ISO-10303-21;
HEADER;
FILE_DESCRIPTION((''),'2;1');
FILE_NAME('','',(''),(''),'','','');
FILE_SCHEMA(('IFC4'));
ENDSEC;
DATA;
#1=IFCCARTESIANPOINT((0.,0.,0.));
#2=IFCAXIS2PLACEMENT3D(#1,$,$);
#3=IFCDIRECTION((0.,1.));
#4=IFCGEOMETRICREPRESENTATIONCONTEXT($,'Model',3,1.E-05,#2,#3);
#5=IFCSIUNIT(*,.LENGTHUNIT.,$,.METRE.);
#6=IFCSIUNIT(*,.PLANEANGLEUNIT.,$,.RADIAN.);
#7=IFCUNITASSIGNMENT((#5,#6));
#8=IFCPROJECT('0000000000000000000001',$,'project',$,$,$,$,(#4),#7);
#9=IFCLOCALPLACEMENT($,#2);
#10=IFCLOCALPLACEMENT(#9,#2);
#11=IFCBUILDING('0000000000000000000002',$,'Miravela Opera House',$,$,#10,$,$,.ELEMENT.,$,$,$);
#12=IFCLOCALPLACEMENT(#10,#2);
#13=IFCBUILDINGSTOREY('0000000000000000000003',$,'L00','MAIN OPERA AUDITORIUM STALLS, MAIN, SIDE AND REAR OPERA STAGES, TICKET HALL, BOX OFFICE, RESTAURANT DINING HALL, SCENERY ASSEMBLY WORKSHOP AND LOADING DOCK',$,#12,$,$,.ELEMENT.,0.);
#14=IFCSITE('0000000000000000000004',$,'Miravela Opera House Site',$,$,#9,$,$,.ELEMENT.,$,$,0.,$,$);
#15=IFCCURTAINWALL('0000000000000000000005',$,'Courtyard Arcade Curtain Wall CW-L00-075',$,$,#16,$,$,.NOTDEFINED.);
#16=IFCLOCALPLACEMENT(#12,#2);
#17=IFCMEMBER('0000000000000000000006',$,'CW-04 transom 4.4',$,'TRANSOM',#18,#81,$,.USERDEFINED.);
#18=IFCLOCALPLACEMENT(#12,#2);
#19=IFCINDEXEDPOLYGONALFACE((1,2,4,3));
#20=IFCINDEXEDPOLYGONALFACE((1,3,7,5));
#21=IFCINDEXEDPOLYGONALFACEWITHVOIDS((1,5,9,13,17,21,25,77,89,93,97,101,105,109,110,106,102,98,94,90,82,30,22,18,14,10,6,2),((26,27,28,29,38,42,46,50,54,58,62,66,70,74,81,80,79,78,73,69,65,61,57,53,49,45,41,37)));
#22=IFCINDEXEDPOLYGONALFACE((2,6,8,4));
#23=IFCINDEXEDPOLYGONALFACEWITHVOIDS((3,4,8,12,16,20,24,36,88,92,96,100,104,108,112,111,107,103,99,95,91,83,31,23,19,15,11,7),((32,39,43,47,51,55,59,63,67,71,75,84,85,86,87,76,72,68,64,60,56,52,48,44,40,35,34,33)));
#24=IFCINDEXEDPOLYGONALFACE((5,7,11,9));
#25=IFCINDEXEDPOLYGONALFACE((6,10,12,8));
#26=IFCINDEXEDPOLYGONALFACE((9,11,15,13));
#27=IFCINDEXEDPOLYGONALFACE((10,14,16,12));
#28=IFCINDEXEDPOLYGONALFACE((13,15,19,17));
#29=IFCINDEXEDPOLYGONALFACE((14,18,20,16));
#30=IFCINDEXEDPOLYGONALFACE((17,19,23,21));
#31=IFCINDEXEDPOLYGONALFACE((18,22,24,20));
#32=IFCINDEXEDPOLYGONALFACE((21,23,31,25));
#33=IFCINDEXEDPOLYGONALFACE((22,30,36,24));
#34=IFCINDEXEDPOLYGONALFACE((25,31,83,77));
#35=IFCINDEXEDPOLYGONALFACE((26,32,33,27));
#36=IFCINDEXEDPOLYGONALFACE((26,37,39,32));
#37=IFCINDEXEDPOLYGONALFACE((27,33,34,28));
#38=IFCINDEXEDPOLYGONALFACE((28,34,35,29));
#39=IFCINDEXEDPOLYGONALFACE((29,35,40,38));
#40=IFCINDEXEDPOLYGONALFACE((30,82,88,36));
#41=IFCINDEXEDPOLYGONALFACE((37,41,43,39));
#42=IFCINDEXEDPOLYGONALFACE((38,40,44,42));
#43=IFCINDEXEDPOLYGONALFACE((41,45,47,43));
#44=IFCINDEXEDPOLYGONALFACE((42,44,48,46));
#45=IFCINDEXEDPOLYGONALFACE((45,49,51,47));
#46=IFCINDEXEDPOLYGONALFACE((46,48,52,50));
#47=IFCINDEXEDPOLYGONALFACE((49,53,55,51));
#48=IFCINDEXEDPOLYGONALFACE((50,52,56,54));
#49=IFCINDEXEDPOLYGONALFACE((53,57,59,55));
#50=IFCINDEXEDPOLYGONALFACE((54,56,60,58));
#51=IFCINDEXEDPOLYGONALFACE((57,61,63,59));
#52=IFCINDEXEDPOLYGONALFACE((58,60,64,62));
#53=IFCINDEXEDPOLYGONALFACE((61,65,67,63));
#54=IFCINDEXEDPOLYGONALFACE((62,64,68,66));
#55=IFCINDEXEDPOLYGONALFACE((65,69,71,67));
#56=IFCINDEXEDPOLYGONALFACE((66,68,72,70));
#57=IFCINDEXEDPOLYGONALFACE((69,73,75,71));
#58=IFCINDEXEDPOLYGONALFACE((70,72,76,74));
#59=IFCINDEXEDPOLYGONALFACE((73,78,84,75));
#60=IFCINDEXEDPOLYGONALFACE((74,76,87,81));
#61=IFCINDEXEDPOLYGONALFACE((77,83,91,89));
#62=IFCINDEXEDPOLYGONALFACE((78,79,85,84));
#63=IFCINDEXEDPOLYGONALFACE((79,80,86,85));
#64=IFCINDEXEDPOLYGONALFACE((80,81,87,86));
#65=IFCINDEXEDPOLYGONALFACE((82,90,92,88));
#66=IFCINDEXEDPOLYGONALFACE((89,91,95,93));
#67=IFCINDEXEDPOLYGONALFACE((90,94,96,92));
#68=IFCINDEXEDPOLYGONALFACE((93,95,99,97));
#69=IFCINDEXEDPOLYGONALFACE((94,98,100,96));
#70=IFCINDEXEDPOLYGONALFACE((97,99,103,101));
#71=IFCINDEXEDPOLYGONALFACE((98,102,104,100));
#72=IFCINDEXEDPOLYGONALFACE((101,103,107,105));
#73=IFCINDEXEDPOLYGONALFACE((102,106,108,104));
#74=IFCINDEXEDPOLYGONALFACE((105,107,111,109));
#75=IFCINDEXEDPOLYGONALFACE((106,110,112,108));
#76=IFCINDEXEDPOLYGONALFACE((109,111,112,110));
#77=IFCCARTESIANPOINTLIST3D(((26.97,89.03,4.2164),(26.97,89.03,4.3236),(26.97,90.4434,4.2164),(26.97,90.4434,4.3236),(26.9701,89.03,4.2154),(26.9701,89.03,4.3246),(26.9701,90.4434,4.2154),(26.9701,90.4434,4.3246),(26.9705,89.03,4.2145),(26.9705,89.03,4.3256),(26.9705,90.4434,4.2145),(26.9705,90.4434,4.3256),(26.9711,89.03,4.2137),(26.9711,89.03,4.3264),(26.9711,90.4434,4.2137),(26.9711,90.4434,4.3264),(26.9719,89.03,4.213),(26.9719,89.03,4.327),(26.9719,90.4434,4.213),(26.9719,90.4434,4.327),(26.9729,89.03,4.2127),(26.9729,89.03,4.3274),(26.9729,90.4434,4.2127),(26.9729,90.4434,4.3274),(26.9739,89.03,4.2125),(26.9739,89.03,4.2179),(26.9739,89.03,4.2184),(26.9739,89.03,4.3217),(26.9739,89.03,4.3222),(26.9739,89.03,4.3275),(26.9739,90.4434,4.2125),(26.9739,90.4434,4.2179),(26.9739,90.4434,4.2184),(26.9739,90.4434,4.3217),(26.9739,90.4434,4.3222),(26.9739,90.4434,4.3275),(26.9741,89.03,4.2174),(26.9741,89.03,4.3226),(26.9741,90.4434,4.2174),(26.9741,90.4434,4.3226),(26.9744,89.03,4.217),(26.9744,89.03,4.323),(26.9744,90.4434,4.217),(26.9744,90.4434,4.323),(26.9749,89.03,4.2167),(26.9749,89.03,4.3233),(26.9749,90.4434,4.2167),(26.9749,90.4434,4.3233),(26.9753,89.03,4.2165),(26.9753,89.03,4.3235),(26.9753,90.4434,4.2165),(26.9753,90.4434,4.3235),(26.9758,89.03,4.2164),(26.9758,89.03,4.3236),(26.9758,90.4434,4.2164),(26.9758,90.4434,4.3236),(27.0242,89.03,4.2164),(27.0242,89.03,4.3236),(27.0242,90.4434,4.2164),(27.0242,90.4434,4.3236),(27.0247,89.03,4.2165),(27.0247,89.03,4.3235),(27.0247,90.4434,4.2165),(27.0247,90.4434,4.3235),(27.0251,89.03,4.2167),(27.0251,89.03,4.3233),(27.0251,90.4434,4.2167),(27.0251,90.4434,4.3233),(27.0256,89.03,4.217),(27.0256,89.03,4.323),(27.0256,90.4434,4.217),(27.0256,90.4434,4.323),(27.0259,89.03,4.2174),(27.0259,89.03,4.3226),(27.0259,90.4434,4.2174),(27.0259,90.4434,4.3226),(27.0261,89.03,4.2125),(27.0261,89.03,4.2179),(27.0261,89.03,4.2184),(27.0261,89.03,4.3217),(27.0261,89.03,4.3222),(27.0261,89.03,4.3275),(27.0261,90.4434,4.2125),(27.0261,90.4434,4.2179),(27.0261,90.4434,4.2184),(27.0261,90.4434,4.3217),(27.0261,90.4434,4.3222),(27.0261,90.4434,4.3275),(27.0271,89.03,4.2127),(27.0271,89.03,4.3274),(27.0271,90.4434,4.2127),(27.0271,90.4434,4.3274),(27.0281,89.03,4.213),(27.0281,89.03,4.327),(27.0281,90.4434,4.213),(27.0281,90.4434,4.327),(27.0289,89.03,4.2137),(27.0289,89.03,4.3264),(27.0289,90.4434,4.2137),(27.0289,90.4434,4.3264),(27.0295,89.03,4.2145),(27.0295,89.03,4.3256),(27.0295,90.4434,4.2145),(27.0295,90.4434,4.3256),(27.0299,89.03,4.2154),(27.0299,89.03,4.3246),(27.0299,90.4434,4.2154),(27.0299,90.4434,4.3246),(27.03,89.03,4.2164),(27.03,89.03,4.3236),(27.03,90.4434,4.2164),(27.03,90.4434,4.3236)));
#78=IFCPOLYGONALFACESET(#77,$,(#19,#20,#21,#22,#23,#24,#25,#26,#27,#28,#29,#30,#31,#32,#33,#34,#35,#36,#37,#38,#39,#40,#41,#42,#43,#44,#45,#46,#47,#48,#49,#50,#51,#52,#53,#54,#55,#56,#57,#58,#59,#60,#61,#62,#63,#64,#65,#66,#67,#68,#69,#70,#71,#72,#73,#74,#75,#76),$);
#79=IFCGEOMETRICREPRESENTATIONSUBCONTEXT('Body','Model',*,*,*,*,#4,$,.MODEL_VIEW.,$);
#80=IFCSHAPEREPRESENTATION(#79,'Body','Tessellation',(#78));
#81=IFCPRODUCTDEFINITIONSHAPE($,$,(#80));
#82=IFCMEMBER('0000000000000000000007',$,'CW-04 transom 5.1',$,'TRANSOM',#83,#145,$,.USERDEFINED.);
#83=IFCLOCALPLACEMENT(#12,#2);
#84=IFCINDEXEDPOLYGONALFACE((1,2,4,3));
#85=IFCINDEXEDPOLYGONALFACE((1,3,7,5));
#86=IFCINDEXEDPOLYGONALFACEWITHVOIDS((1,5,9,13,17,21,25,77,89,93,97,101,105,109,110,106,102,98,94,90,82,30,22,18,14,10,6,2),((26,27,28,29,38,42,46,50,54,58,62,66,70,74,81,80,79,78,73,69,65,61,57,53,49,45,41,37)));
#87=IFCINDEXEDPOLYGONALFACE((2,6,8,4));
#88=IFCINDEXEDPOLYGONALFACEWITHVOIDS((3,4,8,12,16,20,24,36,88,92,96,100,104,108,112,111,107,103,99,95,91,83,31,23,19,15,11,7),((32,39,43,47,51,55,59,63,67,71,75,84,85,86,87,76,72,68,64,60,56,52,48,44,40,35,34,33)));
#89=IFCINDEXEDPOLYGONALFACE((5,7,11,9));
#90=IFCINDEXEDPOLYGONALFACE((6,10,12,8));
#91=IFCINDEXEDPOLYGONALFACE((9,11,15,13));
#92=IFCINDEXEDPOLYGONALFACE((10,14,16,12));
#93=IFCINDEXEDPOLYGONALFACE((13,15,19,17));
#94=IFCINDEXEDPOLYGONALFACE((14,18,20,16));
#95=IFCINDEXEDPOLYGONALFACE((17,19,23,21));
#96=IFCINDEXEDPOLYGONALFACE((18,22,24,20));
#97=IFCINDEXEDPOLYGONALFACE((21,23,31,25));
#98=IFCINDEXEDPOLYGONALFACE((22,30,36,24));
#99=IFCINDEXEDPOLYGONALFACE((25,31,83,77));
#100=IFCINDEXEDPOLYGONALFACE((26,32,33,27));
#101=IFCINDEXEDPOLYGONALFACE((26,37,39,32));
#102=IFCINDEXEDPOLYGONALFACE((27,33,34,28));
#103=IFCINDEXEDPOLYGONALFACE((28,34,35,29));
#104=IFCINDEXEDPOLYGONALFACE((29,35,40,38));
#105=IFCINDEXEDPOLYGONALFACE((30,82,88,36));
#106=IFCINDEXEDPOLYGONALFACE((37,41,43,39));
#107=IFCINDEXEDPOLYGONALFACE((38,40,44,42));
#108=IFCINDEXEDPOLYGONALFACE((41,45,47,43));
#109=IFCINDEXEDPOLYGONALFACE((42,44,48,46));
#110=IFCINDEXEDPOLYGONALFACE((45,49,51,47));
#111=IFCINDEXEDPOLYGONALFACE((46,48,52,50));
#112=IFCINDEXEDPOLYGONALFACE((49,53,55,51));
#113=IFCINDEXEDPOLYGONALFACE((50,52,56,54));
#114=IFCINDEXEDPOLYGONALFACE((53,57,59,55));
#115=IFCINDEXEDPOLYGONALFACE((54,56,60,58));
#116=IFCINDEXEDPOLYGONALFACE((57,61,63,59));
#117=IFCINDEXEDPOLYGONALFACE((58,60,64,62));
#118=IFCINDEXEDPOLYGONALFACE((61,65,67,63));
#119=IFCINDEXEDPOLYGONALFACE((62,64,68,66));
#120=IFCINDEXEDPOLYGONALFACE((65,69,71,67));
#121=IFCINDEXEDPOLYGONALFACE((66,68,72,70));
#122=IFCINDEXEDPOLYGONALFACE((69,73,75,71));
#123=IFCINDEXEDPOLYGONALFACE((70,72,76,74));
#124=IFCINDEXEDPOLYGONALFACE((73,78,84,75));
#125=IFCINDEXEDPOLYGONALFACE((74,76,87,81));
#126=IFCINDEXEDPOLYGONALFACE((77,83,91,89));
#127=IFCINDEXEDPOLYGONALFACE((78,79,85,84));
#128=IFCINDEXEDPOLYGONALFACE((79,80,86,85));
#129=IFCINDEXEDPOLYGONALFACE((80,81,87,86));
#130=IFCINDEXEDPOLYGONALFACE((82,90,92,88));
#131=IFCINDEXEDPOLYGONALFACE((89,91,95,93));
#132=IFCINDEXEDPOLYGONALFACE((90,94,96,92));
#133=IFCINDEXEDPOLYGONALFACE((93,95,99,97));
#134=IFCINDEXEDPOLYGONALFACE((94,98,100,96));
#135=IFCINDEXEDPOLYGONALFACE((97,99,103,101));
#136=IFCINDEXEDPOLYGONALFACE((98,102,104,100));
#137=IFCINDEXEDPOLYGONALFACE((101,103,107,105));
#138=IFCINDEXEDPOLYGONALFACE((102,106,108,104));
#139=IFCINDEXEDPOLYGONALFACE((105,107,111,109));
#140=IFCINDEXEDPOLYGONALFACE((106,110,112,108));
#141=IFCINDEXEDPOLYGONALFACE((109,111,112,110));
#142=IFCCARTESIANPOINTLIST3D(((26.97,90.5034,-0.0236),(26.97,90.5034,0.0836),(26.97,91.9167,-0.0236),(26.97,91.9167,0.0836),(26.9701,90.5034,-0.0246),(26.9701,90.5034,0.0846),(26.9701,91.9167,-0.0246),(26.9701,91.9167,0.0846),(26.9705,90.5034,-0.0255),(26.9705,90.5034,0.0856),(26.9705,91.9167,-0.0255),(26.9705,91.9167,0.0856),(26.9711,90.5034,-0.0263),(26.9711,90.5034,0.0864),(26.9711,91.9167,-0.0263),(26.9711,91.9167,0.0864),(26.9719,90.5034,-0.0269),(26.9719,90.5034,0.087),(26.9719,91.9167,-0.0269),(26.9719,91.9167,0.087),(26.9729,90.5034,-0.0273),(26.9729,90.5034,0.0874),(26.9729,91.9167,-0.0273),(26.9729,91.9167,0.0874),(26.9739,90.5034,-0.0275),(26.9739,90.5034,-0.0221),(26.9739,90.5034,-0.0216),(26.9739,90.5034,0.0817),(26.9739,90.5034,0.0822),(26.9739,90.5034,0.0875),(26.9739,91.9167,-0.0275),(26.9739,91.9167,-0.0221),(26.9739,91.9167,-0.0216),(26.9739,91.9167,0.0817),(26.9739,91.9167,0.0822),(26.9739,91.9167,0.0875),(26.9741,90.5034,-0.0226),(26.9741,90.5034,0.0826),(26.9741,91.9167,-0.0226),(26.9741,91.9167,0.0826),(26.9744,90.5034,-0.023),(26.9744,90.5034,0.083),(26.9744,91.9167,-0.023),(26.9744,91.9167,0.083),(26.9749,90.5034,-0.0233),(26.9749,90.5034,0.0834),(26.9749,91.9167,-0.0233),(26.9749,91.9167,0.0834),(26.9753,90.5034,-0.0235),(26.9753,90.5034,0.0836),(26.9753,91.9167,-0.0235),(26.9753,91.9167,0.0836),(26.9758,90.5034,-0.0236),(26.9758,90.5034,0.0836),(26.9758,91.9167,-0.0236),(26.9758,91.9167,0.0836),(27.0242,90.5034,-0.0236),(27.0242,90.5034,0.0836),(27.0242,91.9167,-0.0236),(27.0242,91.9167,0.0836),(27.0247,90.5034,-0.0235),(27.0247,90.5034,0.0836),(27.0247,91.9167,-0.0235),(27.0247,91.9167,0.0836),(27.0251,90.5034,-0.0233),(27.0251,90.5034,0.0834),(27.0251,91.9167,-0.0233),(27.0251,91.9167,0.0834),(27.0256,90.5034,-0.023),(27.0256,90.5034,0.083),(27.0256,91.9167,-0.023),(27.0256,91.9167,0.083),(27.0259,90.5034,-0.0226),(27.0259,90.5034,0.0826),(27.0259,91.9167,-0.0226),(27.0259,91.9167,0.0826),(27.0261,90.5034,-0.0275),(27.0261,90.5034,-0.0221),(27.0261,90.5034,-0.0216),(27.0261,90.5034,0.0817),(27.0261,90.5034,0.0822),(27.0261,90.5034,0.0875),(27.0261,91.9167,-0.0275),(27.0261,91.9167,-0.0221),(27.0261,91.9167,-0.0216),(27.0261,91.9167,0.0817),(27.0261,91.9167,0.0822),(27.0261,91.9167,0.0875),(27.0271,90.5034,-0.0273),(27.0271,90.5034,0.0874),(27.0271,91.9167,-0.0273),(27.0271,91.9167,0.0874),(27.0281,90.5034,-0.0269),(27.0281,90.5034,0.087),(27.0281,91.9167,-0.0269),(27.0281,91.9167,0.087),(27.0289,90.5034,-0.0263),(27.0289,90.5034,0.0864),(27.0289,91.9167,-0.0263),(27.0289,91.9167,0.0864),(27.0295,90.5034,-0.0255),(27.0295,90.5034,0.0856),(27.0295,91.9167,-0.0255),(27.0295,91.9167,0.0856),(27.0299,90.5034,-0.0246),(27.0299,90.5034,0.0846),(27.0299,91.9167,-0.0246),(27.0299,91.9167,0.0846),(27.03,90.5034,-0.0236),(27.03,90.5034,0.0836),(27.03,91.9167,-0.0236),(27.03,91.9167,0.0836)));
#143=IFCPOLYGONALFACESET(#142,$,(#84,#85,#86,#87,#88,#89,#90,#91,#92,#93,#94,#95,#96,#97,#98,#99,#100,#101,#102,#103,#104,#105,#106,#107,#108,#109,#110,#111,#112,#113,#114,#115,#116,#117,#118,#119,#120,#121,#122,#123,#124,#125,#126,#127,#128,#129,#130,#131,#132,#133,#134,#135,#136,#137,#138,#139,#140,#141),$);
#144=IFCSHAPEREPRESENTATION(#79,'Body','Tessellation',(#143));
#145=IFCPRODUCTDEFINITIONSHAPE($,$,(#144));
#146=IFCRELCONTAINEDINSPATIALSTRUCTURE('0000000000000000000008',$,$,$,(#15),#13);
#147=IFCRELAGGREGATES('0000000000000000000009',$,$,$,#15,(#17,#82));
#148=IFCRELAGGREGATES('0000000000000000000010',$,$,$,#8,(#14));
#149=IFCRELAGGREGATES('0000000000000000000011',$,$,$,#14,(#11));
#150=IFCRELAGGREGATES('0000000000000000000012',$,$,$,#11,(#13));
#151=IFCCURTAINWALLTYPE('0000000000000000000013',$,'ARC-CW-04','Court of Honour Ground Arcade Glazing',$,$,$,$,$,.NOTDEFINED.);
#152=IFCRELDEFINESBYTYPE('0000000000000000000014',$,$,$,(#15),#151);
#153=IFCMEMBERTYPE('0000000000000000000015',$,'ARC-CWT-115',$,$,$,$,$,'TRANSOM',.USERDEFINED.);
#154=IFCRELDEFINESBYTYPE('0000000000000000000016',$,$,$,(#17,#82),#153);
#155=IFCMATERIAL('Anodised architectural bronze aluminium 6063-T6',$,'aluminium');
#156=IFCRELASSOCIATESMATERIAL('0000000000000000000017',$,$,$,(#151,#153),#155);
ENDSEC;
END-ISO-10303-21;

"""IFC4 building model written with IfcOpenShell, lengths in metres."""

from ifc_helpers import new_model, si_unit, direction, frame, origin, origin_2d, place, context, subcontext, project, spatial, hollow_rectangle, extrude, material, material_profile, profile_set, type_object, element, aggregate, save


model = new_model("IFC4")

# Units and contexts
model_context = context("Model", 3, precision=1e-05, world=origin(), true_north=direction((0.0, 1.0)))
body_context = subcontext(model_context, "Body", "Model", "MODEL_VIEW")
ifc_project = project(units=[si_unit("LENGTHUNIT", "METRE"), si_unit("PLANEANGLEUNIT", "RADIAN")], contexts=[model_context])

# Site, building, storey
site_placement = place(None, origin())
site = spatial("IfcSite", under=ifc_project, at=site_placement, Name="Miravela Opera House Site", CompositionType="ELEMENT", RefElevation=0.0)
building_placement = place(site_placement, origin())
building = spatial("IfcBuilding", under=site, at=building_placement, Name="Miravela Opera House", CompositionType="ELEMENT")
storey_placement = place(building_placement, origin())
storey = spatial("IfcBuildingStorey", under=building, at=storey_placement, Name="L00", Description="MAIN OPERA AUDITORIUM STALLS, MAIN, SIDE AND REAR OPERA STAGES, TICKET HALL, BOX OFFICE, RESTAURANT DINING HALL, SCENERY ASSEMBLY WORKSHOP AND LOADING DOCK", CompositionType="ELEMENT", Elevation=0.0)

# Curtain wall, members
ifc_material_1 = material(Name="Anodised architectural bronze aluminium 6063-T6", Category="aluminium")
curtain_wall_type = type_object("IfcCurtainWallType", Name="ARC-CW-04", Description="Court of Honour Ground Arcade Glazing", PredefinedType="NOTDEFINED", material=ifc_material_1)
curtain_wall_placement = place(storey_placement, origin())
curtain_wall = element("IfcCurtainWall", 1, at=curtain_wall_placement, inside=storey, type_object=curtain_wall_type, Name="Courtyard Arcade Curtain Wall CW-L00-075", PredefinedType="NOTDEFINED")
ifc_material_profile_1 = material_profile(ifc_material_1, hollow_rectangle(XDim=0.0601, YDim=0.115, WallThickness=0.0039, InnerFilletRadius=0.002, OuterFilletRadius=0.0039, at=origin_2d()), Name="CWT-60X115")
ifc_profile_set_1 = profile_set([ifc_material_profile_1])
member_type_1 = type_object("IfcMemberType", Name="ARC-CWT-115", ElementType="TRANSOM", PredefinedType="USERDEFINED", material=ifc_profile_set_1)
member_1_placement = place(storey_placement, frame((27.0, 89.03, 4.27), z_axis=(0.0, 1.0, 0.0), x_axis=(-1.0, 0.0, 0.0)))
member_1 = element("IfcMember", 2, at=member_1_placement, type_object=member_type_1, Name="CW-04 transom 4.4", ObjectType="TRANSOM", PredefinedType="USERDEFINED", context=body_context, shape_type="SweptSolid", body=[
    extrude(hollow_rectangle(XDim=0.0601, YDim=0.115, WallThickness=0.0039, InnerFilletRadius=0.002, OuterFilletRadius=0.0039, at=origin_2d()), origin(), (0.0, 0.0, 1.0), 1.4133),
])
member_2_placement = place(storey_placement, frame((27.0, 90.5034, 0.03), z_axis=(0.0, 1.0, 0.0), x_axis=(-1.0, 0.0, 0.0)))
member_2 = element("IfcMember", 3, at=member_2_placement, type_object=member_type_1, Name="CW-04 transom 5.1", ObjectType="TRANSOM", PredefinedType="USERDEFINED", context=body_context, shape_type="SweptSolid", body=[
    extrude(hollow_rectangle(XDim=0.0601, YDim=0.115, WallThickness=0.0039, InnerFilletRadius=0.002, OuterFilletRadius=0.0039, at=origin_2d()), origin(), (0.0, 0.0, 1.0), 1.4133),
])
aggregate(curtain_wall, [member_1, member_2])

save(model, "model.ifc")
